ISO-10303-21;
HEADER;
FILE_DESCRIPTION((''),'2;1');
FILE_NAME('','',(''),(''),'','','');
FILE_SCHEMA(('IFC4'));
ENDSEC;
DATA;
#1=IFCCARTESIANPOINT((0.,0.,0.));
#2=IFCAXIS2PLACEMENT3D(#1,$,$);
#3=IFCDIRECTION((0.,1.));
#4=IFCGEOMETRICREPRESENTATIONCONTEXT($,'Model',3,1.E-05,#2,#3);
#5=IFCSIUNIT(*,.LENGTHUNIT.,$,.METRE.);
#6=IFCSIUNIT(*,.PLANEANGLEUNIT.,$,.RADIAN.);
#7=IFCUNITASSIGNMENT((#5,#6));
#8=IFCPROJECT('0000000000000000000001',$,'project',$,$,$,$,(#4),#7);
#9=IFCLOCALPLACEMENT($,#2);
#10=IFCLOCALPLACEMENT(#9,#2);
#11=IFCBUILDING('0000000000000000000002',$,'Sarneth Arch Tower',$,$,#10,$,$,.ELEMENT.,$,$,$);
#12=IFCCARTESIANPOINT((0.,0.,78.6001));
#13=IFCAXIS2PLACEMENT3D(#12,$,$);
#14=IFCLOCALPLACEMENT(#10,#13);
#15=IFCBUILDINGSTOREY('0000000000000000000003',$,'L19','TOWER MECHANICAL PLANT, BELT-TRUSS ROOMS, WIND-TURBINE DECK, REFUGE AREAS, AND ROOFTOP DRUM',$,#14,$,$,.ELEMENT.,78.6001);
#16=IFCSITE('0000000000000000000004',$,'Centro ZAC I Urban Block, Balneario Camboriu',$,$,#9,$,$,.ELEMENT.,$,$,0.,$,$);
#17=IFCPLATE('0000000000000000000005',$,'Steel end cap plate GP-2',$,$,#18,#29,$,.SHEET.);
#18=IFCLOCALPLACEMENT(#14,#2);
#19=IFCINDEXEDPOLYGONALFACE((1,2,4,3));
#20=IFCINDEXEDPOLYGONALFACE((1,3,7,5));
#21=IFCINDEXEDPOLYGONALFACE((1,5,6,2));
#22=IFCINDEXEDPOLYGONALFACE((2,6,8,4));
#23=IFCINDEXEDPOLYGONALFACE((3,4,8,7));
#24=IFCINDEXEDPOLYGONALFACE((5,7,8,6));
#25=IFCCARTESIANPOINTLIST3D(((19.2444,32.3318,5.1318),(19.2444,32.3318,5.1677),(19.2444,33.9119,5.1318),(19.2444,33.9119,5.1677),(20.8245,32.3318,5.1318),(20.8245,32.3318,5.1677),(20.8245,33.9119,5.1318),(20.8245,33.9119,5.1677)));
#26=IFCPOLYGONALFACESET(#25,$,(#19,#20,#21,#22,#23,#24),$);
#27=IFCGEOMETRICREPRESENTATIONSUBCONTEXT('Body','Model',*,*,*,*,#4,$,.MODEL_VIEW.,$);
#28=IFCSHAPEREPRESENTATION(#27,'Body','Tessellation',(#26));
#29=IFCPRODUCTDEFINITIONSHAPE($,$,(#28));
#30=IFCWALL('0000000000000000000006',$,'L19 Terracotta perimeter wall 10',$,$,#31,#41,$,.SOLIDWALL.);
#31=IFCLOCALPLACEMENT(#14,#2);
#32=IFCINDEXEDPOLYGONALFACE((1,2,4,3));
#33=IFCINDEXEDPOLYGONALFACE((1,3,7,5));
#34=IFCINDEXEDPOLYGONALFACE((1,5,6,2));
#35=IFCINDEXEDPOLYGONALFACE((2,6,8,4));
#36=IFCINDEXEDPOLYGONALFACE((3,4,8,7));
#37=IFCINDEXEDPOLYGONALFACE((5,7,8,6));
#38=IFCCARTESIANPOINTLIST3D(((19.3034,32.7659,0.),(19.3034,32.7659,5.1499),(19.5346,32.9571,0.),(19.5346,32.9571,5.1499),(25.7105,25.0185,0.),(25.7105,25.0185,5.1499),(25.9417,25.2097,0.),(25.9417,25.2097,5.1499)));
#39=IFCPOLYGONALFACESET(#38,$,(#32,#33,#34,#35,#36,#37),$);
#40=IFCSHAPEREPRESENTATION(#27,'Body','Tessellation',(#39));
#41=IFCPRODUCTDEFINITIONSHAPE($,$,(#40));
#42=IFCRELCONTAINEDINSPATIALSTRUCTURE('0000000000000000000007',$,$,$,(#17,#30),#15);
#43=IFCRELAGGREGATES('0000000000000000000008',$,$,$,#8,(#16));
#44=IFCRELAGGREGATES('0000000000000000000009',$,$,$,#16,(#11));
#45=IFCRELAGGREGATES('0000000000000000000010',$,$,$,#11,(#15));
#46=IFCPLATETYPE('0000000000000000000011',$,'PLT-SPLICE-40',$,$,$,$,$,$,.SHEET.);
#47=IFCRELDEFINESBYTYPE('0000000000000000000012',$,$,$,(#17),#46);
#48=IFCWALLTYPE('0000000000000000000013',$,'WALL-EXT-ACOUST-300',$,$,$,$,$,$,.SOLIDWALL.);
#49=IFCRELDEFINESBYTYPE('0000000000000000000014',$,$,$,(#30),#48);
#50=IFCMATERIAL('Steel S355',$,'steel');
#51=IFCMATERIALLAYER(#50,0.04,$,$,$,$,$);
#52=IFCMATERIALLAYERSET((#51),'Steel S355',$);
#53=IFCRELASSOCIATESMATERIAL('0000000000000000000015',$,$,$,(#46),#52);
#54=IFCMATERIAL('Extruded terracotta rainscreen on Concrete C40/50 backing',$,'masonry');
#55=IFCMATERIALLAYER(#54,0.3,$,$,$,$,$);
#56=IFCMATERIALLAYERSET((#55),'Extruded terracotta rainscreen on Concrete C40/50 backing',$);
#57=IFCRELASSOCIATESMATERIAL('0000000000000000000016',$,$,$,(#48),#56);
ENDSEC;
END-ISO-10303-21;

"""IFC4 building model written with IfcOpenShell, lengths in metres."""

from ifc_helpers import new_model, si_unit, direction, frame, frame_2d, origin, origin_2d, place, context, subcontext, project, spatial, rectangle, extrude, material, layer, layer_set, type_object, element, save


model = new_model("IFC4")

# Units and contexts
model_context = context("Model", 3, precision=1e-05, world=origin(), true_north=direction((0.0, 1.0)))
body_context = subcontext(model_context, "Body", "Model", "MODEL_VIEW")
ifc_project = project(units=[si_unit("LENGTHUNIT", "METRE"), si_unit("PLANEANGLEUNIT", "RADIAN")], contexts=[model_context])

# Site, building, storey
site_placement = place(None, origin())
site = spatial("IfcSite", under=ifc_project, at=site_placement, Name="Centro ZAC I Urban Block, Balneario Camboriu", CompositionType="ELEMENT", RefElevation=0.0)
building_placement = place(site_placement, origin())
building = spatial("IfcBuilding", under=site, at=building_placement, Name="Sarneth Arch Tower", CompositionType="ELEMENT")
storey_placement = place(building_placement, frame((0.0, 0.0, 78.6001)))
storey = spatial("IfcBuildingStorey", under=building, at=storey_placement, Name="L19", Description="TOWER MECHANICAL PLANT, BELT-TRUSS ROOMS, WIND-TURBINE DECK, REFUGE AREAS, AND ROOFTOP DRUM", CompositionType="ELEMENT", Elevation=78.6001)

# Plate
ifc_material_1 = material(Name="Steel S355", Category="steel")
ifc_layer_1 = layer(ifc_material_1, 0.04)
ifc_layer_set_1 = layer_set([ifc_layer_1], Name="Steel S355")
plate_type_1 = type_object("IfcPlateType", Name="PLT-SPLICE-40", PredefinedType="SHEET", material=ifc_layer_set_1)
plate_1_placement = place(storey_placement, frame((20.0344, 33.1218, 5.1318), z_axis=(0.0, 0.0, 1.0), x_axis=(1.0, 0.0, 0.0)))
element("IfcPlate", 1, at=plate_1_placement, inside=storey, type_object=plate_type_1, Name="Steel end cap plate GP-2", PredefinedType="SHEET", context=body_context, shape_type="SweptSolid", body=[
    extrude(rectangle(XDim=1.5801, YDim=1.5801, at=origin_2d()), origin(), (0.0, 0.0, 1.0), 0.0359),
])

# Wall
ifc_material_2 = material(Name="Extruded terracotta rainscreen on Concrete C40/50 backing", Category="masonry")
ifc_layer_2 = layer(ifc_material_2, 0.3)
ifc_layer_set_2 = layer_set([ifc_layer_2], Name="Extruded terracotta rainscreen on Concrete C40/50 backing")
wall_type = type_object("IfcWallType", Name="WALL-EXT-ACOUST-300", PredefinedType="SOLIDWALL", material=ifc_layer_set_2)
wall_placement = place(storey_placement, frame((19.4189, 32.8616, 0.0), z_axis=(0.0, 0.0, 1.0), x_axis=(0.637297, -0.770618, 0.0)))
element("IfcWall", 2, at=wall_placement, inside=storey, type_object=wall_type, Name="L19 Terracotta perimeter wall 10", PredefinedType="SOLIDWALL", context=body_context, shape_type="SweptSolid", body=[
    extrude(rectangle(XDim=10.0535, YDim=0.3, at=frame_2d((5.0269, 0.0))), origin(), (0.0, 0.0, 1.0), 5.1499),
])

save(model, "model.ifc")
